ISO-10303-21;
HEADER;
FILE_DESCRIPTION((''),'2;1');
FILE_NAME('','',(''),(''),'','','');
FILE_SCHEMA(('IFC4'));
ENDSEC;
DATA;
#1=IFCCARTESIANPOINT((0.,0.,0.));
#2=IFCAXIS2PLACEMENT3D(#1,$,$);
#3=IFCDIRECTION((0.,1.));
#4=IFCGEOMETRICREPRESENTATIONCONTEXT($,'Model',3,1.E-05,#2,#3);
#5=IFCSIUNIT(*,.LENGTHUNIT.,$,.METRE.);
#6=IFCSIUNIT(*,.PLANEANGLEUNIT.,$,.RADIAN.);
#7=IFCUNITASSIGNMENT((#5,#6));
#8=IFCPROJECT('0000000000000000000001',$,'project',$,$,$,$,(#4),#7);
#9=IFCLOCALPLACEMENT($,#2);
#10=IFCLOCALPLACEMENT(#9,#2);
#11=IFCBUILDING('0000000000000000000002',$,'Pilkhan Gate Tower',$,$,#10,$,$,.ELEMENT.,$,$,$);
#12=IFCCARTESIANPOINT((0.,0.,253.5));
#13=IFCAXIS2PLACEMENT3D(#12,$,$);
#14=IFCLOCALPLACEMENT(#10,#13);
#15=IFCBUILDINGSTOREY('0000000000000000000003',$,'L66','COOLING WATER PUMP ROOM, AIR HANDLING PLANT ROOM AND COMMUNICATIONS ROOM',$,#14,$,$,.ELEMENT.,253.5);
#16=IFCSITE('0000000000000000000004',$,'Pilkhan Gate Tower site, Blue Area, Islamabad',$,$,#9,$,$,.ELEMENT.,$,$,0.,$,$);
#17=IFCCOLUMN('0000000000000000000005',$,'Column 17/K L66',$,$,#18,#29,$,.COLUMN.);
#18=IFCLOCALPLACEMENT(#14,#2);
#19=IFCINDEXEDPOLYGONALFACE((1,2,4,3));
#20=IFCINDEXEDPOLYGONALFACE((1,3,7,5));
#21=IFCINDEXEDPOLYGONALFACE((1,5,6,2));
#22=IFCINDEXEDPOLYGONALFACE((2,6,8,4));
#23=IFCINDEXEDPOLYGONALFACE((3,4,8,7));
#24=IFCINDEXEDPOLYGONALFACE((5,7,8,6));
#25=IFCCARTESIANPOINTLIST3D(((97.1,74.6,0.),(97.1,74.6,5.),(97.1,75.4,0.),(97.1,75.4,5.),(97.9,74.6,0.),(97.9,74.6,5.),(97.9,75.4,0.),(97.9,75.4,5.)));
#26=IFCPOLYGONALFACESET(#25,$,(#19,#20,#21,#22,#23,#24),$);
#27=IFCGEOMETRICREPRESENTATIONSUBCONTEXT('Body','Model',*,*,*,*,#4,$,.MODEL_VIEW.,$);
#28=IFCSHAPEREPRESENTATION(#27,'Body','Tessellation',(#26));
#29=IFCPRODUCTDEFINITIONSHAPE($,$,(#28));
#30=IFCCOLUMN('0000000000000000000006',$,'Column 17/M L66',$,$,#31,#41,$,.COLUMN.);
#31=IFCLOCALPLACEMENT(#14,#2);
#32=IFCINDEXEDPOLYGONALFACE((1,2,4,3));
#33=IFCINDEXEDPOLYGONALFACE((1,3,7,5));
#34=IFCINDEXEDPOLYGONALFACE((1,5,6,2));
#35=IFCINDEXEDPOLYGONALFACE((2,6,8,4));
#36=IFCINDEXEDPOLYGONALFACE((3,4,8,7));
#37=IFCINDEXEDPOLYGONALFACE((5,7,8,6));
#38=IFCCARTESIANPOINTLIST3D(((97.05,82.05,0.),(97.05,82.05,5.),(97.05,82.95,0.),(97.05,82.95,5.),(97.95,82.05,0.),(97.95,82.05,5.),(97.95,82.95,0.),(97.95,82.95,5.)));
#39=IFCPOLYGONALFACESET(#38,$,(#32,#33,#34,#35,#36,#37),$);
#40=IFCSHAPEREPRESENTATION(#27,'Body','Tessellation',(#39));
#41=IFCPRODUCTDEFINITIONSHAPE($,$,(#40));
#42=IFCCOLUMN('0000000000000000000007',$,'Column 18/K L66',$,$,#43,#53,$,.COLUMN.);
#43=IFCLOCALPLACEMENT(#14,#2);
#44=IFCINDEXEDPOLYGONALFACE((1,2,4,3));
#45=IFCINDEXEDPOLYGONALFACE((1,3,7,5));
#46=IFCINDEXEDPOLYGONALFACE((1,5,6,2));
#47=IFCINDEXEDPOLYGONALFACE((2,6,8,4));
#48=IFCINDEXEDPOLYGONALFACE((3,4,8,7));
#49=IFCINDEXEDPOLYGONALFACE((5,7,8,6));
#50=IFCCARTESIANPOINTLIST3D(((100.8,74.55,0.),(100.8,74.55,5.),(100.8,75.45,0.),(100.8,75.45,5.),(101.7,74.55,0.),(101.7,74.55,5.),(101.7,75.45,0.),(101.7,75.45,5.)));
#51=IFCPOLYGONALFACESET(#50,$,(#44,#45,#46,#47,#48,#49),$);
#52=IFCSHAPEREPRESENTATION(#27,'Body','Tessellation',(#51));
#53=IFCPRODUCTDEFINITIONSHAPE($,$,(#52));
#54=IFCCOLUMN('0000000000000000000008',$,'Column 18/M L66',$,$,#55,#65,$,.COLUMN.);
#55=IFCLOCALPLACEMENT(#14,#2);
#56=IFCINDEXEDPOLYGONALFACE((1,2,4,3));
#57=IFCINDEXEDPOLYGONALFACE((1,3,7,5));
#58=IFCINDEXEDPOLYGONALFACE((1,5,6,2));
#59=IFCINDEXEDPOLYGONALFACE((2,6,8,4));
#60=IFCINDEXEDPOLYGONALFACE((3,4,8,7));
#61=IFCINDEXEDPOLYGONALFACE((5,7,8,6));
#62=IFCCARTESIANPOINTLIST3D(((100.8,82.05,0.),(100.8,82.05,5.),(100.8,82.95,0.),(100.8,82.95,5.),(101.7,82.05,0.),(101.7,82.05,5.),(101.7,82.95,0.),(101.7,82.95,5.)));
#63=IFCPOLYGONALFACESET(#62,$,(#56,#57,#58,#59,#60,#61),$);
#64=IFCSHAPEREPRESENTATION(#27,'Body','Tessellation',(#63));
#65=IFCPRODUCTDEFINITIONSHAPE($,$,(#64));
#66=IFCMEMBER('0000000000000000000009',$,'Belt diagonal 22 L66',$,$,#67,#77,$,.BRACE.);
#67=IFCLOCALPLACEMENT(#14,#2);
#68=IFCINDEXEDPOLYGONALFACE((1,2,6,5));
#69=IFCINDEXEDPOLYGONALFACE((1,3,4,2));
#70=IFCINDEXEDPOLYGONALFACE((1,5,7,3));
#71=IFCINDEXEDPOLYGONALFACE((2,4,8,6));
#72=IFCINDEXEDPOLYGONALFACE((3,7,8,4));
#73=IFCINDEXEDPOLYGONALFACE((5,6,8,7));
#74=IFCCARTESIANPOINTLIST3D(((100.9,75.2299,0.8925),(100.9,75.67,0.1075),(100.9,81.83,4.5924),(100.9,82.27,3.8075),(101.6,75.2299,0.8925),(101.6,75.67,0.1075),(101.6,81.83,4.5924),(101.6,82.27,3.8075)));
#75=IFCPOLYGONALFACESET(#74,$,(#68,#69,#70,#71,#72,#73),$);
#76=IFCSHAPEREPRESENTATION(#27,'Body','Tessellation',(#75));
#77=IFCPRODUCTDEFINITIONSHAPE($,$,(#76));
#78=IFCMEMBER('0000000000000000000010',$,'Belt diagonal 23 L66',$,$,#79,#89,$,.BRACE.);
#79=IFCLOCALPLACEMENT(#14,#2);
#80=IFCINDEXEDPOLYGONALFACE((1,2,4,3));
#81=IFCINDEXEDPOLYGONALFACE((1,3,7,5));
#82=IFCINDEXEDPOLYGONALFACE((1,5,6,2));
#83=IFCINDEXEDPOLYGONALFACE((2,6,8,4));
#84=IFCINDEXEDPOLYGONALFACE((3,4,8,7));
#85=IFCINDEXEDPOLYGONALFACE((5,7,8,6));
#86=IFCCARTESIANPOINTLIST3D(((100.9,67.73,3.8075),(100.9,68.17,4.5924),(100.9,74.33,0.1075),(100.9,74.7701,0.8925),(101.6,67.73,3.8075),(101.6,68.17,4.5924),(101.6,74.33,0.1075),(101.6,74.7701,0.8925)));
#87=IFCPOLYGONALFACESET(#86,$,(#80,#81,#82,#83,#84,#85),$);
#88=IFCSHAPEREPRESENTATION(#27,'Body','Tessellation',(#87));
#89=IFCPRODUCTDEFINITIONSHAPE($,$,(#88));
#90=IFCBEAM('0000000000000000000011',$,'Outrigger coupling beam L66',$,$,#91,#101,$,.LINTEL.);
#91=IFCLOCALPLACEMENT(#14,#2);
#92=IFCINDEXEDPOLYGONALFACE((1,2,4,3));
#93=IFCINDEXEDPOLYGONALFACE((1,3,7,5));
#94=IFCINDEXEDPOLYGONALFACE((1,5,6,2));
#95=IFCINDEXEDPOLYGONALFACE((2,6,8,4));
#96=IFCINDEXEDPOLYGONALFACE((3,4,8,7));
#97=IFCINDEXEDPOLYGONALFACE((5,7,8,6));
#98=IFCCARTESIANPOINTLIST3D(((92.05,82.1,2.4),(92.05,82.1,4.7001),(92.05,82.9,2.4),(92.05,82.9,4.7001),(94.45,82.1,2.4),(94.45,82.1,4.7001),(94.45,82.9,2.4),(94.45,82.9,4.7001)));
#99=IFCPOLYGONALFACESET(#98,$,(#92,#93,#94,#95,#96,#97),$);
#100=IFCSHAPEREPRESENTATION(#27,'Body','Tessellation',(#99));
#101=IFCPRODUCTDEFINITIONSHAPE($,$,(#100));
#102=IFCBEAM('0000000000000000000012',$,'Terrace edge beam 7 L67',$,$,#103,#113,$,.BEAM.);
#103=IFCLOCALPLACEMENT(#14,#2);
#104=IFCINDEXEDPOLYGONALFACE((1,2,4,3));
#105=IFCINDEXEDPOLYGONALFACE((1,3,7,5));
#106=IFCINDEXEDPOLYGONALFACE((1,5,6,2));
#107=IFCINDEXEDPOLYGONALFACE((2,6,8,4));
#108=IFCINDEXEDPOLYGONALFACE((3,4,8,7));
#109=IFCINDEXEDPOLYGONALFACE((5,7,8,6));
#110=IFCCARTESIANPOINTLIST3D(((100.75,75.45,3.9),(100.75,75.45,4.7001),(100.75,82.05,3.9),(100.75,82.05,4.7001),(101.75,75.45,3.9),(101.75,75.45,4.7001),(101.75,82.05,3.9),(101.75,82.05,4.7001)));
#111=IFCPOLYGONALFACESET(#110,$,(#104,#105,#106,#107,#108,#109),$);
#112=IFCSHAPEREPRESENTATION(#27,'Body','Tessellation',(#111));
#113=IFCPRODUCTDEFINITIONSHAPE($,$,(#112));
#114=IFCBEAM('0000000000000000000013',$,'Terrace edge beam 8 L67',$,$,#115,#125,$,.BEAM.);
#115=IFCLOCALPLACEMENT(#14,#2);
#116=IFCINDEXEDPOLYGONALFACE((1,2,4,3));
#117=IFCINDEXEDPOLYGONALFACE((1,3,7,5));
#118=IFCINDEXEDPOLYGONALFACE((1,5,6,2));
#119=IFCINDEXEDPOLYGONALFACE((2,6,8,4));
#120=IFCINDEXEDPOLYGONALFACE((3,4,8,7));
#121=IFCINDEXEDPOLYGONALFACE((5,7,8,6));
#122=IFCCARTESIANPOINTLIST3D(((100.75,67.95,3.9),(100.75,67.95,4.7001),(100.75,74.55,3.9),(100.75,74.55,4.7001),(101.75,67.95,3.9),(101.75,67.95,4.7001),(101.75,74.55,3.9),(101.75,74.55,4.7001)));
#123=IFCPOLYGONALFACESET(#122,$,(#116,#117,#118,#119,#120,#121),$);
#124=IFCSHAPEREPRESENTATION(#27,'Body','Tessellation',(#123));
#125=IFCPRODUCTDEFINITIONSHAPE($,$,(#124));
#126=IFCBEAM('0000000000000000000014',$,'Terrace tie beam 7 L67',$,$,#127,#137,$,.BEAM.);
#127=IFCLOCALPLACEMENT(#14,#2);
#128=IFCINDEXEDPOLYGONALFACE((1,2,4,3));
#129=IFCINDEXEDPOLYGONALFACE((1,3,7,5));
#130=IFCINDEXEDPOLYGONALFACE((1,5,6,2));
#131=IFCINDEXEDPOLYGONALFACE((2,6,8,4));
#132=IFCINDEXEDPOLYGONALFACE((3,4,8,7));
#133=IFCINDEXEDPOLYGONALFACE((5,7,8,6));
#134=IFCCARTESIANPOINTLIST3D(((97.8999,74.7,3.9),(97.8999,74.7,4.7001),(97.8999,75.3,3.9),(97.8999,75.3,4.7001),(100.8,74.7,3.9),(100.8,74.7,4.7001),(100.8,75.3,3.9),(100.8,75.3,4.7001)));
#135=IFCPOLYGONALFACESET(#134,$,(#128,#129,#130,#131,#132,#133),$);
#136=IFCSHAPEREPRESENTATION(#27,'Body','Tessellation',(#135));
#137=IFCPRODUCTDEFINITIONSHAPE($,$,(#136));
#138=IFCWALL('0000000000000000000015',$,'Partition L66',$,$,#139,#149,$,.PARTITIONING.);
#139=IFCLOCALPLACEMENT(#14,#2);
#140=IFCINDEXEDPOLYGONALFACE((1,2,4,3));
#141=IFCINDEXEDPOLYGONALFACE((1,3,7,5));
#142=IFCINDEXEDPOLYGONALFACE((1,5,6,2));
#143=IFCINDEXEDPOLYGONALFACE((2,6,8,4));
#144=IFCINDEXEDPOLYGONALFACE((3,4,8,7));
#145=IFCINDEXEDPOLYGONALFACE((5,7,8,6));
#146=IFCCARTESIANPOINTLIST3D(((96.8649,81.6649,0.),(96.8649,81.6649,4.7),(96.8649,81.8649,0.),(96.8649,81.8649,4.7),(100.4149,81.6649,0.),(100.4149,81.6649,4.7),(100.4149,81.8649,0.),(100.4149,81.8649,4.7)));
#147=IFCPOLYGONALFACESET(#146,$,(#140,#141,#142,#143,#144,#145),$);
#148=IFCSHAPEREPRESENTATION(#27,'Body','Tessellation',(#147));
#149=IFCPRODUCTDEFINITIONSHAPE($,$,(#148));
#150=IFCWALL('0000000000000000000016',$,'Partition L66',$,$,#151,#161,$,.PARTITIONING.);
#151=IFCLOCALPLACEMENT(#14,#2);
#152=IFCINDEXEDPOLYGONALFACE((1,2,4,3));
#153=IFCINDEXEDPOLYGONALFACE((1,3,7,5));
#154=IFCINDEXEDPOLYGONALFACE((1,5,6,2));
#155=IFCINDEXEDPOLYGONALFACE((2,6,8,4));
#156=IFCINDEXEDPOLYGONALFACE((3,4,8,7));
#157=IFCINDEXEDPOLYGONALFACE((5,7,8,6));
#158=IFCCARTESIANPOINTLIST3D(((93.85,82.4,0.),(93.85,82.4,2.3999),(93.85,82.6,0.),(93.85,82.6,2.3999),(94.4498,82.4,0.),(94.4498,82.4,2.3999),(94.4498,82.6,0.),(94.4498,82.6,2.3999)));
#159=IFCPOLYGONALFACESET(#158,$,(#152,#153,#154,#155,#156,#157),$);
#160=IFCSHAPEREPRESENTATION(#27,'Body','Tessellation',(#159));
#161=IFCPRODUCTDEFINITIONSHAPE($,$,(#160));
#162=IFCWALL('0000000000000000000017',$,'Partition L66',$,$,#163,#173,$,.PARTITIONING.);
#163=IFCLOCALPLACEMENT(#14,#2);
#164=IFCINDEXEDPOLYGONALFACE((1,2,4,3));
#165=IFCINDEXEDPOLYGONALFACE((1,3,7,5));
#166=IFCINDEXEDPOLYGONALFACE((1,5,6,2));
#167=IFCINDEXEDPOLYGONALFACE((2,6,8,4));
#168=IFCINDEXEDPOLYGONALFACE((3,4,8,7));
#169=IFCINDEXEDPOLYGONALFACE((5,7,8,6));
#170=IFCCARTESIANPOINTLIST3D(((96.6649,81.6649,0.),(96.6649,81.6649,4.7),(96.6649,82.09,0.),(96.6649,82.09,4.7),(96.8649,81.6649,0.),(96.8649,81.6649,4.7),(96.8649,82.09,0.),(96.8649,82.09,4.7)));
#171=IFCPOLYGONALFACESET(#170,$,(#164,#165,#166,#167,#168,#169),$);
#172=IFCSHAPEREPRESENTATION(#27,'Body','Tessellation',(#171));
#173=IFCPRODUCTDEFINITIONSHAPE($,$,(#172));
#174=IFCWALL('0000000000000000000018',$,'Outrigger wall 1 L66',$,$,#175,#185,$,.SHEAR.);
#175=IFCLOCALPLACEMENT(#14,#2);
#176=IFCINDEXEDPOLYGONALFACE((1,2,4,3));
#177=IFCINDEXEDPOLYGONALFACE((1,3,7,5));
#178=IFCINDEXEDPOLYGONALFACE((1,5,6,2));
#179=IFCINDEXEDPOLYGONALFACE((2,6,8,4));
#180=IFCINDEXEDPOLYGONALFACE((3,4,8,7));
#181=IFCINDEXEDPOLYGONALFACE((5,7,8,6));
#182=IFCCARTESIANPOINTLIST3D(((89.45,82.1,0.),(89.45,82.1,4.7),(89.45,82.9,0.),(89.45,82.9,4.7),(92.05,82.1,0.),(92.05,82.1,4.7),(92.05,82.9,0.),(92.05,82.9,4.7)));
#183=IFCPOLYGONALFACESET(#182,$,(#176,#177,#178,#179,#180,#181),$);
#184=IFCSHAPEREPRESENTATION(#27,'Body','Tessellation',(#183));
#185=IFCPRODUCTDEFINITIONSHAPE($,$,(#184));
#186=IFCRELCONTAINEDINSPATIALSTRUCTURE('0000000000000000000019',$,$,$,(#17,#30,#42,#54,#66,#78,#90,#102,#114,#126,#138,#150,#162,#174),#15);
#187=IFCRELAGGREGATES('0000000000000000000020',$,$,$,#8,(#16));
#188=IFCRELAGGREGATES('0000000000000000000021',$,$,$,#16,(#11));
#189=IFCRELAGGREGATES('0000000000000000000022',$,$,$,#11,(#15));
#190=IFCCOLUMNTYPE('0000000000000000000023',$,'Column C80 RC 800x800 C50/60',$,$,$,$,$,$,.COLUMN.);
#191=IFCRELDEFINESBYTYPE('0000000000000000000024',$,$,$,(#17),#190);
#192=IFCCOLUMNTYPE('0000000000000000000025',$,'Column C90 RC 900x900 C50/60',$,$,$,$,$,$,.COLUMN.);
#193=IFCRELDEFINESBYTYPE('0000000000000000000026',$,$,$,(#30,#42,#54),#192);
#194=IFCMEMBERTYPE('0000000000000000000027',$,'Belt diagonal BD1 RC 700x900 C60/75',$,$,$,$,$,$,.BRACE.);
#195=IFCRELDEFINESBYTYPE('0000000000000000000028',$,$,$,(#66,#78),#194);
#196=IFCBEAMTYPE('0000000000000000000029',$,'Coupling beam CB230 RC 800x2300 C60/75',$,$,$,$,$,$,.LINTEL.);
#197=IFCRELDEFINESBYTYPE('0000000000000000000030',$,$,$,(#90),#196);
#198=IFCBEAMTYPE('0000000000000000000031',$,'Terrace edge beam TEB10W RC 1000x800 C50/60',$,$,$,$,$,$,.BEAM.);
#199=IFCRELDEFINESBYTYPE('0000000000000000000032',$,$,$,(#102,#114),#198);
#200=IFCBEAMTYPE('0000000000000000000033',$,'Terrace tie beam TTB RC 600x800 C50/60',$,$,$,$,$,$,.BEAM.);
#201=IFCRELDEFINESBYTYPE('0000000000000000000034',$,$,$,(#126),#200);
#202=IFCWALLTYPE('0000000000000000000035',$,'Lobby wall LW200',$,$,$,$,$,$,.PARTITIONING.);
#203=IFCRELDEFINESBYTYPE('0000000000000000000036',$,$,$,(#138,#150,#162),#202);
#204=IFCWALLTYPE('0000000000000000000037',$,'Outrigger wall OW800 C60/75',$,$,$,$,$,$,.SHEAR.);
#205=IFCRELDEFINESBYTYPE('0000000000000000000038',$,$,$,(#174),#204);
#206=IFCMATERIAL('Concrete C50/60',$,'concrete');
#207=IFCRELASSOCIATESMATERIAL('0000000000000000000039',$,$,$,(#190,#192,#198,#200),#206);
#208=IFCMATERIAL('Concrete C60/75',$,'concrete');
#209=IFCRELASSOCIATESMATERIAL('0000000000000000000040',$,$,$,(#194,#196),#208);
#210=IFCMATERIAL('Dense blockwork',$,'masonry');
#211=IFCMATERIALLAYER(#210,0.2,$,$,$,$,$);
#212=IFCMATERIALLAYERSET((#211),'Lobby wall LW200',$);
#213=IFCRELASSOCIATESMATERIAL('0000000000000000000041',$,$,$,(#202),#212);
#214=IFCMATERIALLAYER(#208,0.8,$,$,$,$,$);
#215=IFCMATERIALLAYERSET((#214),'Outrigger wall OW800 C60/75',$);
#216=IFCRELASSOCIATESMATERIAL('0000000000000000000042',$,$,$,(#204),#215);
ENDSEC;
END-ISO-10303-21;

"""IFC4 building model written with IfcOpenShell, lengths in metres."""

from ifc_helpers import new_model, si_unit, direction, frame, frame_2d, origin, origin_2d, place, context, subcontext, project, spatial, rectangle, extrude, material, layer, layer_set, material_profile, profile_set, type_object, element, save


model = new_model("IFC4")

# Units and contexts
model_context = context("Model", 3, precision=1e-05, world=origin(), true_north=direction((0.0, 1.0)))
body_context = subcontext(model_context, "Body", "Model", "MODEL_VIEW")
ifc_project = project(units=[si_unit("LENGTHUNIT", "METRE"), si_unit("PLANEANGLEUNIT", "RADIAN")], contexts=[model_context])

# Site, building, storey
site_placement = place(None, origin())
site = spatial("IfcSite", under=ifc_project, at=site_placement, Name="Pilkhan Gate Tower site, Blue Area, Islamabad", CompositionType="ELEMENT", RefElevation=0.0)
building_placement = place(site_placement, origin())
building = spatial("IfcBuilding", under=site, at=building_placement, Name="Pilkhan Gate Tower", CompositionType="ELEMENT")
storey_placement = place(building_placement, frame((0.0, 0.0, 253.5)))
storey = spatial("IfcBuildingStorey", under=building, at=storey_placement, Name="L66", Description="COOLING WATER PUMP ROOM, AIR HANDLING PLANT ROOM AND COMMUNICATIONS ROOM", CompositionType="ELEMENT", Elevation=253.5)

# Columns
ifc_material_1 = material(Name="Concrete C50/60", Category="concrete")
ifc_material_profile_1 = material_profile(ifc_material_1, rectangle(XDim=0.8, YDim=0.8, at=origin_2d()), Name="RC 800x800")
ifc_profile_set_1 = profile_set([ifc_material_profile_1], Name="Concrete C50/60")
column_type_1 = type_object("IfcColumnType", Name="Column C80 RC 800x800 C50/60", PredefinedType="COLUMN", material=ifc_profile_set_1)
column_placement = place(storey_placement, frame((97.5, 75.0, 0.0), z_axis=(0.0, 0.0, 1.0), x_axis=(1.0, 0.0, 0.0)))
element("IfcColumn", 1, at=column_placement, inside=storey, type_object=column_type_1, Name="Column 17/K L66", PredefinedType="COLUMN", context=body_context, shape_type="SweptSolid", body=[
    extrude(rectangle(XDim=0.8, YDim=0.8, at=origin_2d()), origin(), (0.0, 0.0, 1.0), 5.0),
])
ifc_material_profile_2 = material_profile(ifc_material_1, rectangle(XDim=0.8999, YDim=0.8999, at=origin_2d()), Name="RC 900x900")
ifc_profile_set_2 = profile_set([ifc_material_profile_2], Name="Concrete C50/60")
column_type_2 = type_object("IfcColumnType", Name="Column C90 RC 900x900 C50/60", PredefinedType="COLUMN", material=ifc_profile_set_2)
for number, where, z_axis, x_axis, name in (
    (2, (97.5, 82.5, 0.0), (0.0, 0.0, 1.0), (1.0, 0.0, 0.0), "Column 17/M L66"),
    (3, (101.25, 75.0, 0.0), (0.0, 0.0, 1.0), (1.0, 0.0, 0.0), "Column 18/K L66"),
    (4, (101.25, 82.5, 0.0), (0.0, 0.0, 1.0), (1.0, 0.0, 0.0), "Column 18/M L66"),
):
    element("IfcColumn", number, at=place(storey_placement, frame(where, z_axis=z_axis, x_axis=x_axis)), inside=storey, type_object=column_type_2, Name=name, PredefinedType="COLUMN", context=body_context, shape_type="SweptSolid", body=[
        extrude(rectangle(XDim=0.8999, YDim=0.8999, at=origin_2d()), origin(), (0.0, 0.0, 1.0), 5.0),
    ])

# Members
ifc_material_2 = material(Name="Concrete C60/75", Category="concrete")
ifc_material_profile_3 = material_profile(ifc_material_2, rectangle(XDim=0.7, YDim=0.8999, at=origin_2d()), Name="RC 700x900")
ifc_profile_set_3 = profile_set([ifc_material_profile_3], Name="Concrete C60/75")
member_type = type_object("IfcMemberType", Name="Belt diagonal BD1 RC 700x900 C60/75", PredefinedType="BRACE", material=ifc_profile_set_3)
for number, where, z_axis, x_axis, name in (
    (5, (101.25, 75.45, 0.5), (0.0, 0.872286, 0.488995), (-1.0, 0.0, 0.0), "Belt diagonal 22 L66"),
    (6, (101.25, 74.55, 0.5), (0.0, -0.872286, 0.488995), (1.0, 0.0, 0.0), "Belt diagonal 23 L66"),
):
    element("IfcMember", number, at=place(storey_placement, frame(where, z_axis=z_axis, x_axis=x_axis)), inside=storey, type_object=member_type, Name=name, PredefinedType="BRACE", context=body_context, shape_type="SweptSolid", body=[
        extrude(rectangle(XDim=0.7, YDim=0.8999, at=origin_2d()), origin(), (0.0, 0.0, 1.0), 7.5664),
    ])

# Beams
ifc_material_profile_4 = material_profile(ifc_material_2, rectangle(XDim=0.8, YDim=2.3, at=origin_2d()), Name="RC 800x2300")
ifc_profile_set_4 = profile_set([ifc_material_profile_4], Name="Concrete C60/75")
beam_type_1 = type_object("IfcBeamType", Name="Coupling beam CB230 RC 800x2300 C60/75", PredefinedType="LINTEL", material=ifc_profile_set_4)
beam_1_placement = place(storey_placement, frame((92.05, 82.5, 3.55), z_axis=(1.0, 0.0, 0.0), x_axis=(0.0, 1.0, 0.0)))
element("IfcBeam", 7, at=beam_1_placement, inside=storey, type_object=beam_type_1, Name="Outrigger coupling beam L66", PredefinedType="LINTEL", context=body_context, shape_type="SweptSolid", body=[
    extrude(rectangle(XDim=0.8, YDim=2.3, at=origin_2d()), origin(), (0.0, 0.0, 1.0), 2.3999),
])
ifc_material_profile_5 = material_profile(ifc_material_1, rectangle(XDim=1.0, YDim=0.8, at=origin_2d()), Name="RC 1000x800")
ifc_profile_set_5 = profile_set([ifc_material_profile_5], Name="Concrete C50/60")
beam_type_2 = type_object("IfcBeamType", Name="Terrace edge beam TEB10W RC 1000x800 C50/60", PredefinedType="BEAM", material=ifc_profile_set_5)
for number, where, z_axis, x_axis, name in (
    (8, (101.25, 82.05, 4.3), (0.0, -1.0, 0.0), (1.0, 0.0, 0.0), "Terrace edge beam 7 L67"),
    (9, (101.25, 74.55, 4.3), (0.0, -1.0, 0.0), (1.0, 0.0, 0.0), "Terrace edge beam 8 L67"),
):
    element("IfcBeam", number, at=place(storey_placement, frame(where, z_axis=z_axis, x_axis=x_axis)), inside=storey, type_object=beam_type_2, Name=name, PredefinedType="BEAM", context=body_context, shape_type="SweptSolid", body=[
        extrude(rectangle(XDim=1.0, YDim=0.8, at=origin_2d()), origin(), (0.0, 0.0, 1.0), 6.6001),
    ])
ifc_material_profile_6 = material_profile(ifc_material_1, rectangle(XDim=0.6001, YDim=0.8, at=origin_2d()), Name="RC 600x800")
ifc_profile_set_6 = profile_set([ifc_material_profile_6], Name="Concrete C50/60")
beam_type_3 = type_object("IfcBeamType", Name="Terrace tie beam TTB RC 600x800 C50/60", PredefinedType="BEAM", material=ifc_profile_set_6)
beam_2_placement = place(storey_placement, frame((100.8, 75.0, 4.3), z_axis=(-1.0, 0.0, 0.0), x_axis=(0.0, -1.0, 0.0)))
element("IfcBeam", 10, at=beam_2_placement, inside=storey, type_object=beam_type_3, Name="Terrace tie beam 7 L67", PredefinedType="BEAM", context=body_context, shape_type="SweptSolid", body=[
    extrude(rectangle(XDim=0.6001, YDim=0.8, at=origin_2d()), origin(), (0.0, 0.0, 1.0), 2.9001),
])

# Walls
ifc_material_3 = material(Name="Dense blockwork", Category="masonry")
ifc_layer_1 = layer(ifc_material_3, 0.2)
ifc_layer_set_1 = layer_set([ifc_layer_1], Name="Lobby wall LW200")
wall_type_1 = type_object("IfcWallType", Name="Lobby wall LW200", PredefinedType="PARTITIONING", material=ifc_layer_set_1)
wall_1_placement = place(storey_placement, frame((96.865, 81.7649, 0.0), z_axis=(0.0, 0.0, 1.0), x_axis=(1.0, 0.0, 0.0)))
element("IfcWall", 11, at=wall_1_placement, inside=storey, type_object=wall_type_1, Name="Partition L66", PredefinedType="PARTITIONING", context=body_context, shape_type="SweptSolid", body=[
    extrude(rectangle(XDim=3.55, YDim=0.2, at=frame_2d((1.7749, 0.0))), origin(), (0.0, 0.0, 1.0), 4.7),
])
wall_2_placement = place(storey_placement, frame((93.8501, 82.5, 0.0), z_axis=(0.0, 0.0, 1.0), x_axis=(1.0, 0.0, 0.0)))
element("IfcWall", 12, at=wall_2_placement, inside=storey, type_object=wall_type_1, Name="Partition L66", PredefinedType="PARTITIONING", context=body_context, shape_type="SweptSolid", body=[
    extrude(rectangle(XDim=0.5999, YDim=0.2, at=frame_2d((0.2998, 0.0))), origin(), (0.0, 0.0, 1.0), 2.3999),
])
wall_3_placement = place(storey_placement, frame((96.7649, 81.665, 0.0), z_axis=(0.0, 0.0, 1.0), x_axis=(0.0, 1.0, 0.0)))
element("IfcWall", 13, at=wall_3_placement, inside=storey, type_object=wall_type_1, Name="Partition L66", PredefinedType="PARTITIONING", context=body_context, shape_type="SweptSolid", body=[
    extrude(rectangle(XDim=0.425, YDim=0.2, at=frame_2d((0.2124, 0.0))), origin(), (0.0, 0.0, 1.0), 4.7),
])
ifc_layer_2 = layer(ifc_material_2, 0.8)
ifc_layer_set_2 = layer_set([ifc_layer_2], Name="Outrigger wall OW800 C60/75")
wall_type_2 = type_object("IfcWallType", Name="Outrigger wall OW800 C60/75", PredefinedType="SHEAR", material=ifc_layer_set_2)
for number, where, z_axis, x_axis, name in (
    (14, (89.45, 82.5, 0.0), (0.0, 0.0, 1.0), (1.0, 0.0, 0.0), "Outrigger wall 1 L66"),
):
    element("IfcWall", number, at=place(storey_placement, frame(where, z_axis=z_axis, x_axis=x_axis)), inside=storey, type_object=wall_type_2, Name=name, PredefinedType="SHEAR", context=body_context, shape_type="SweptSolid", body=[
        extrude(rectangle(XDim=2.6001, YDim=0.8, at=frame_2d((1.3, 0.0))), origin(), (0.0, 0.0, 1.0), 4.7),
    ])

save(model, "model.ifc")
